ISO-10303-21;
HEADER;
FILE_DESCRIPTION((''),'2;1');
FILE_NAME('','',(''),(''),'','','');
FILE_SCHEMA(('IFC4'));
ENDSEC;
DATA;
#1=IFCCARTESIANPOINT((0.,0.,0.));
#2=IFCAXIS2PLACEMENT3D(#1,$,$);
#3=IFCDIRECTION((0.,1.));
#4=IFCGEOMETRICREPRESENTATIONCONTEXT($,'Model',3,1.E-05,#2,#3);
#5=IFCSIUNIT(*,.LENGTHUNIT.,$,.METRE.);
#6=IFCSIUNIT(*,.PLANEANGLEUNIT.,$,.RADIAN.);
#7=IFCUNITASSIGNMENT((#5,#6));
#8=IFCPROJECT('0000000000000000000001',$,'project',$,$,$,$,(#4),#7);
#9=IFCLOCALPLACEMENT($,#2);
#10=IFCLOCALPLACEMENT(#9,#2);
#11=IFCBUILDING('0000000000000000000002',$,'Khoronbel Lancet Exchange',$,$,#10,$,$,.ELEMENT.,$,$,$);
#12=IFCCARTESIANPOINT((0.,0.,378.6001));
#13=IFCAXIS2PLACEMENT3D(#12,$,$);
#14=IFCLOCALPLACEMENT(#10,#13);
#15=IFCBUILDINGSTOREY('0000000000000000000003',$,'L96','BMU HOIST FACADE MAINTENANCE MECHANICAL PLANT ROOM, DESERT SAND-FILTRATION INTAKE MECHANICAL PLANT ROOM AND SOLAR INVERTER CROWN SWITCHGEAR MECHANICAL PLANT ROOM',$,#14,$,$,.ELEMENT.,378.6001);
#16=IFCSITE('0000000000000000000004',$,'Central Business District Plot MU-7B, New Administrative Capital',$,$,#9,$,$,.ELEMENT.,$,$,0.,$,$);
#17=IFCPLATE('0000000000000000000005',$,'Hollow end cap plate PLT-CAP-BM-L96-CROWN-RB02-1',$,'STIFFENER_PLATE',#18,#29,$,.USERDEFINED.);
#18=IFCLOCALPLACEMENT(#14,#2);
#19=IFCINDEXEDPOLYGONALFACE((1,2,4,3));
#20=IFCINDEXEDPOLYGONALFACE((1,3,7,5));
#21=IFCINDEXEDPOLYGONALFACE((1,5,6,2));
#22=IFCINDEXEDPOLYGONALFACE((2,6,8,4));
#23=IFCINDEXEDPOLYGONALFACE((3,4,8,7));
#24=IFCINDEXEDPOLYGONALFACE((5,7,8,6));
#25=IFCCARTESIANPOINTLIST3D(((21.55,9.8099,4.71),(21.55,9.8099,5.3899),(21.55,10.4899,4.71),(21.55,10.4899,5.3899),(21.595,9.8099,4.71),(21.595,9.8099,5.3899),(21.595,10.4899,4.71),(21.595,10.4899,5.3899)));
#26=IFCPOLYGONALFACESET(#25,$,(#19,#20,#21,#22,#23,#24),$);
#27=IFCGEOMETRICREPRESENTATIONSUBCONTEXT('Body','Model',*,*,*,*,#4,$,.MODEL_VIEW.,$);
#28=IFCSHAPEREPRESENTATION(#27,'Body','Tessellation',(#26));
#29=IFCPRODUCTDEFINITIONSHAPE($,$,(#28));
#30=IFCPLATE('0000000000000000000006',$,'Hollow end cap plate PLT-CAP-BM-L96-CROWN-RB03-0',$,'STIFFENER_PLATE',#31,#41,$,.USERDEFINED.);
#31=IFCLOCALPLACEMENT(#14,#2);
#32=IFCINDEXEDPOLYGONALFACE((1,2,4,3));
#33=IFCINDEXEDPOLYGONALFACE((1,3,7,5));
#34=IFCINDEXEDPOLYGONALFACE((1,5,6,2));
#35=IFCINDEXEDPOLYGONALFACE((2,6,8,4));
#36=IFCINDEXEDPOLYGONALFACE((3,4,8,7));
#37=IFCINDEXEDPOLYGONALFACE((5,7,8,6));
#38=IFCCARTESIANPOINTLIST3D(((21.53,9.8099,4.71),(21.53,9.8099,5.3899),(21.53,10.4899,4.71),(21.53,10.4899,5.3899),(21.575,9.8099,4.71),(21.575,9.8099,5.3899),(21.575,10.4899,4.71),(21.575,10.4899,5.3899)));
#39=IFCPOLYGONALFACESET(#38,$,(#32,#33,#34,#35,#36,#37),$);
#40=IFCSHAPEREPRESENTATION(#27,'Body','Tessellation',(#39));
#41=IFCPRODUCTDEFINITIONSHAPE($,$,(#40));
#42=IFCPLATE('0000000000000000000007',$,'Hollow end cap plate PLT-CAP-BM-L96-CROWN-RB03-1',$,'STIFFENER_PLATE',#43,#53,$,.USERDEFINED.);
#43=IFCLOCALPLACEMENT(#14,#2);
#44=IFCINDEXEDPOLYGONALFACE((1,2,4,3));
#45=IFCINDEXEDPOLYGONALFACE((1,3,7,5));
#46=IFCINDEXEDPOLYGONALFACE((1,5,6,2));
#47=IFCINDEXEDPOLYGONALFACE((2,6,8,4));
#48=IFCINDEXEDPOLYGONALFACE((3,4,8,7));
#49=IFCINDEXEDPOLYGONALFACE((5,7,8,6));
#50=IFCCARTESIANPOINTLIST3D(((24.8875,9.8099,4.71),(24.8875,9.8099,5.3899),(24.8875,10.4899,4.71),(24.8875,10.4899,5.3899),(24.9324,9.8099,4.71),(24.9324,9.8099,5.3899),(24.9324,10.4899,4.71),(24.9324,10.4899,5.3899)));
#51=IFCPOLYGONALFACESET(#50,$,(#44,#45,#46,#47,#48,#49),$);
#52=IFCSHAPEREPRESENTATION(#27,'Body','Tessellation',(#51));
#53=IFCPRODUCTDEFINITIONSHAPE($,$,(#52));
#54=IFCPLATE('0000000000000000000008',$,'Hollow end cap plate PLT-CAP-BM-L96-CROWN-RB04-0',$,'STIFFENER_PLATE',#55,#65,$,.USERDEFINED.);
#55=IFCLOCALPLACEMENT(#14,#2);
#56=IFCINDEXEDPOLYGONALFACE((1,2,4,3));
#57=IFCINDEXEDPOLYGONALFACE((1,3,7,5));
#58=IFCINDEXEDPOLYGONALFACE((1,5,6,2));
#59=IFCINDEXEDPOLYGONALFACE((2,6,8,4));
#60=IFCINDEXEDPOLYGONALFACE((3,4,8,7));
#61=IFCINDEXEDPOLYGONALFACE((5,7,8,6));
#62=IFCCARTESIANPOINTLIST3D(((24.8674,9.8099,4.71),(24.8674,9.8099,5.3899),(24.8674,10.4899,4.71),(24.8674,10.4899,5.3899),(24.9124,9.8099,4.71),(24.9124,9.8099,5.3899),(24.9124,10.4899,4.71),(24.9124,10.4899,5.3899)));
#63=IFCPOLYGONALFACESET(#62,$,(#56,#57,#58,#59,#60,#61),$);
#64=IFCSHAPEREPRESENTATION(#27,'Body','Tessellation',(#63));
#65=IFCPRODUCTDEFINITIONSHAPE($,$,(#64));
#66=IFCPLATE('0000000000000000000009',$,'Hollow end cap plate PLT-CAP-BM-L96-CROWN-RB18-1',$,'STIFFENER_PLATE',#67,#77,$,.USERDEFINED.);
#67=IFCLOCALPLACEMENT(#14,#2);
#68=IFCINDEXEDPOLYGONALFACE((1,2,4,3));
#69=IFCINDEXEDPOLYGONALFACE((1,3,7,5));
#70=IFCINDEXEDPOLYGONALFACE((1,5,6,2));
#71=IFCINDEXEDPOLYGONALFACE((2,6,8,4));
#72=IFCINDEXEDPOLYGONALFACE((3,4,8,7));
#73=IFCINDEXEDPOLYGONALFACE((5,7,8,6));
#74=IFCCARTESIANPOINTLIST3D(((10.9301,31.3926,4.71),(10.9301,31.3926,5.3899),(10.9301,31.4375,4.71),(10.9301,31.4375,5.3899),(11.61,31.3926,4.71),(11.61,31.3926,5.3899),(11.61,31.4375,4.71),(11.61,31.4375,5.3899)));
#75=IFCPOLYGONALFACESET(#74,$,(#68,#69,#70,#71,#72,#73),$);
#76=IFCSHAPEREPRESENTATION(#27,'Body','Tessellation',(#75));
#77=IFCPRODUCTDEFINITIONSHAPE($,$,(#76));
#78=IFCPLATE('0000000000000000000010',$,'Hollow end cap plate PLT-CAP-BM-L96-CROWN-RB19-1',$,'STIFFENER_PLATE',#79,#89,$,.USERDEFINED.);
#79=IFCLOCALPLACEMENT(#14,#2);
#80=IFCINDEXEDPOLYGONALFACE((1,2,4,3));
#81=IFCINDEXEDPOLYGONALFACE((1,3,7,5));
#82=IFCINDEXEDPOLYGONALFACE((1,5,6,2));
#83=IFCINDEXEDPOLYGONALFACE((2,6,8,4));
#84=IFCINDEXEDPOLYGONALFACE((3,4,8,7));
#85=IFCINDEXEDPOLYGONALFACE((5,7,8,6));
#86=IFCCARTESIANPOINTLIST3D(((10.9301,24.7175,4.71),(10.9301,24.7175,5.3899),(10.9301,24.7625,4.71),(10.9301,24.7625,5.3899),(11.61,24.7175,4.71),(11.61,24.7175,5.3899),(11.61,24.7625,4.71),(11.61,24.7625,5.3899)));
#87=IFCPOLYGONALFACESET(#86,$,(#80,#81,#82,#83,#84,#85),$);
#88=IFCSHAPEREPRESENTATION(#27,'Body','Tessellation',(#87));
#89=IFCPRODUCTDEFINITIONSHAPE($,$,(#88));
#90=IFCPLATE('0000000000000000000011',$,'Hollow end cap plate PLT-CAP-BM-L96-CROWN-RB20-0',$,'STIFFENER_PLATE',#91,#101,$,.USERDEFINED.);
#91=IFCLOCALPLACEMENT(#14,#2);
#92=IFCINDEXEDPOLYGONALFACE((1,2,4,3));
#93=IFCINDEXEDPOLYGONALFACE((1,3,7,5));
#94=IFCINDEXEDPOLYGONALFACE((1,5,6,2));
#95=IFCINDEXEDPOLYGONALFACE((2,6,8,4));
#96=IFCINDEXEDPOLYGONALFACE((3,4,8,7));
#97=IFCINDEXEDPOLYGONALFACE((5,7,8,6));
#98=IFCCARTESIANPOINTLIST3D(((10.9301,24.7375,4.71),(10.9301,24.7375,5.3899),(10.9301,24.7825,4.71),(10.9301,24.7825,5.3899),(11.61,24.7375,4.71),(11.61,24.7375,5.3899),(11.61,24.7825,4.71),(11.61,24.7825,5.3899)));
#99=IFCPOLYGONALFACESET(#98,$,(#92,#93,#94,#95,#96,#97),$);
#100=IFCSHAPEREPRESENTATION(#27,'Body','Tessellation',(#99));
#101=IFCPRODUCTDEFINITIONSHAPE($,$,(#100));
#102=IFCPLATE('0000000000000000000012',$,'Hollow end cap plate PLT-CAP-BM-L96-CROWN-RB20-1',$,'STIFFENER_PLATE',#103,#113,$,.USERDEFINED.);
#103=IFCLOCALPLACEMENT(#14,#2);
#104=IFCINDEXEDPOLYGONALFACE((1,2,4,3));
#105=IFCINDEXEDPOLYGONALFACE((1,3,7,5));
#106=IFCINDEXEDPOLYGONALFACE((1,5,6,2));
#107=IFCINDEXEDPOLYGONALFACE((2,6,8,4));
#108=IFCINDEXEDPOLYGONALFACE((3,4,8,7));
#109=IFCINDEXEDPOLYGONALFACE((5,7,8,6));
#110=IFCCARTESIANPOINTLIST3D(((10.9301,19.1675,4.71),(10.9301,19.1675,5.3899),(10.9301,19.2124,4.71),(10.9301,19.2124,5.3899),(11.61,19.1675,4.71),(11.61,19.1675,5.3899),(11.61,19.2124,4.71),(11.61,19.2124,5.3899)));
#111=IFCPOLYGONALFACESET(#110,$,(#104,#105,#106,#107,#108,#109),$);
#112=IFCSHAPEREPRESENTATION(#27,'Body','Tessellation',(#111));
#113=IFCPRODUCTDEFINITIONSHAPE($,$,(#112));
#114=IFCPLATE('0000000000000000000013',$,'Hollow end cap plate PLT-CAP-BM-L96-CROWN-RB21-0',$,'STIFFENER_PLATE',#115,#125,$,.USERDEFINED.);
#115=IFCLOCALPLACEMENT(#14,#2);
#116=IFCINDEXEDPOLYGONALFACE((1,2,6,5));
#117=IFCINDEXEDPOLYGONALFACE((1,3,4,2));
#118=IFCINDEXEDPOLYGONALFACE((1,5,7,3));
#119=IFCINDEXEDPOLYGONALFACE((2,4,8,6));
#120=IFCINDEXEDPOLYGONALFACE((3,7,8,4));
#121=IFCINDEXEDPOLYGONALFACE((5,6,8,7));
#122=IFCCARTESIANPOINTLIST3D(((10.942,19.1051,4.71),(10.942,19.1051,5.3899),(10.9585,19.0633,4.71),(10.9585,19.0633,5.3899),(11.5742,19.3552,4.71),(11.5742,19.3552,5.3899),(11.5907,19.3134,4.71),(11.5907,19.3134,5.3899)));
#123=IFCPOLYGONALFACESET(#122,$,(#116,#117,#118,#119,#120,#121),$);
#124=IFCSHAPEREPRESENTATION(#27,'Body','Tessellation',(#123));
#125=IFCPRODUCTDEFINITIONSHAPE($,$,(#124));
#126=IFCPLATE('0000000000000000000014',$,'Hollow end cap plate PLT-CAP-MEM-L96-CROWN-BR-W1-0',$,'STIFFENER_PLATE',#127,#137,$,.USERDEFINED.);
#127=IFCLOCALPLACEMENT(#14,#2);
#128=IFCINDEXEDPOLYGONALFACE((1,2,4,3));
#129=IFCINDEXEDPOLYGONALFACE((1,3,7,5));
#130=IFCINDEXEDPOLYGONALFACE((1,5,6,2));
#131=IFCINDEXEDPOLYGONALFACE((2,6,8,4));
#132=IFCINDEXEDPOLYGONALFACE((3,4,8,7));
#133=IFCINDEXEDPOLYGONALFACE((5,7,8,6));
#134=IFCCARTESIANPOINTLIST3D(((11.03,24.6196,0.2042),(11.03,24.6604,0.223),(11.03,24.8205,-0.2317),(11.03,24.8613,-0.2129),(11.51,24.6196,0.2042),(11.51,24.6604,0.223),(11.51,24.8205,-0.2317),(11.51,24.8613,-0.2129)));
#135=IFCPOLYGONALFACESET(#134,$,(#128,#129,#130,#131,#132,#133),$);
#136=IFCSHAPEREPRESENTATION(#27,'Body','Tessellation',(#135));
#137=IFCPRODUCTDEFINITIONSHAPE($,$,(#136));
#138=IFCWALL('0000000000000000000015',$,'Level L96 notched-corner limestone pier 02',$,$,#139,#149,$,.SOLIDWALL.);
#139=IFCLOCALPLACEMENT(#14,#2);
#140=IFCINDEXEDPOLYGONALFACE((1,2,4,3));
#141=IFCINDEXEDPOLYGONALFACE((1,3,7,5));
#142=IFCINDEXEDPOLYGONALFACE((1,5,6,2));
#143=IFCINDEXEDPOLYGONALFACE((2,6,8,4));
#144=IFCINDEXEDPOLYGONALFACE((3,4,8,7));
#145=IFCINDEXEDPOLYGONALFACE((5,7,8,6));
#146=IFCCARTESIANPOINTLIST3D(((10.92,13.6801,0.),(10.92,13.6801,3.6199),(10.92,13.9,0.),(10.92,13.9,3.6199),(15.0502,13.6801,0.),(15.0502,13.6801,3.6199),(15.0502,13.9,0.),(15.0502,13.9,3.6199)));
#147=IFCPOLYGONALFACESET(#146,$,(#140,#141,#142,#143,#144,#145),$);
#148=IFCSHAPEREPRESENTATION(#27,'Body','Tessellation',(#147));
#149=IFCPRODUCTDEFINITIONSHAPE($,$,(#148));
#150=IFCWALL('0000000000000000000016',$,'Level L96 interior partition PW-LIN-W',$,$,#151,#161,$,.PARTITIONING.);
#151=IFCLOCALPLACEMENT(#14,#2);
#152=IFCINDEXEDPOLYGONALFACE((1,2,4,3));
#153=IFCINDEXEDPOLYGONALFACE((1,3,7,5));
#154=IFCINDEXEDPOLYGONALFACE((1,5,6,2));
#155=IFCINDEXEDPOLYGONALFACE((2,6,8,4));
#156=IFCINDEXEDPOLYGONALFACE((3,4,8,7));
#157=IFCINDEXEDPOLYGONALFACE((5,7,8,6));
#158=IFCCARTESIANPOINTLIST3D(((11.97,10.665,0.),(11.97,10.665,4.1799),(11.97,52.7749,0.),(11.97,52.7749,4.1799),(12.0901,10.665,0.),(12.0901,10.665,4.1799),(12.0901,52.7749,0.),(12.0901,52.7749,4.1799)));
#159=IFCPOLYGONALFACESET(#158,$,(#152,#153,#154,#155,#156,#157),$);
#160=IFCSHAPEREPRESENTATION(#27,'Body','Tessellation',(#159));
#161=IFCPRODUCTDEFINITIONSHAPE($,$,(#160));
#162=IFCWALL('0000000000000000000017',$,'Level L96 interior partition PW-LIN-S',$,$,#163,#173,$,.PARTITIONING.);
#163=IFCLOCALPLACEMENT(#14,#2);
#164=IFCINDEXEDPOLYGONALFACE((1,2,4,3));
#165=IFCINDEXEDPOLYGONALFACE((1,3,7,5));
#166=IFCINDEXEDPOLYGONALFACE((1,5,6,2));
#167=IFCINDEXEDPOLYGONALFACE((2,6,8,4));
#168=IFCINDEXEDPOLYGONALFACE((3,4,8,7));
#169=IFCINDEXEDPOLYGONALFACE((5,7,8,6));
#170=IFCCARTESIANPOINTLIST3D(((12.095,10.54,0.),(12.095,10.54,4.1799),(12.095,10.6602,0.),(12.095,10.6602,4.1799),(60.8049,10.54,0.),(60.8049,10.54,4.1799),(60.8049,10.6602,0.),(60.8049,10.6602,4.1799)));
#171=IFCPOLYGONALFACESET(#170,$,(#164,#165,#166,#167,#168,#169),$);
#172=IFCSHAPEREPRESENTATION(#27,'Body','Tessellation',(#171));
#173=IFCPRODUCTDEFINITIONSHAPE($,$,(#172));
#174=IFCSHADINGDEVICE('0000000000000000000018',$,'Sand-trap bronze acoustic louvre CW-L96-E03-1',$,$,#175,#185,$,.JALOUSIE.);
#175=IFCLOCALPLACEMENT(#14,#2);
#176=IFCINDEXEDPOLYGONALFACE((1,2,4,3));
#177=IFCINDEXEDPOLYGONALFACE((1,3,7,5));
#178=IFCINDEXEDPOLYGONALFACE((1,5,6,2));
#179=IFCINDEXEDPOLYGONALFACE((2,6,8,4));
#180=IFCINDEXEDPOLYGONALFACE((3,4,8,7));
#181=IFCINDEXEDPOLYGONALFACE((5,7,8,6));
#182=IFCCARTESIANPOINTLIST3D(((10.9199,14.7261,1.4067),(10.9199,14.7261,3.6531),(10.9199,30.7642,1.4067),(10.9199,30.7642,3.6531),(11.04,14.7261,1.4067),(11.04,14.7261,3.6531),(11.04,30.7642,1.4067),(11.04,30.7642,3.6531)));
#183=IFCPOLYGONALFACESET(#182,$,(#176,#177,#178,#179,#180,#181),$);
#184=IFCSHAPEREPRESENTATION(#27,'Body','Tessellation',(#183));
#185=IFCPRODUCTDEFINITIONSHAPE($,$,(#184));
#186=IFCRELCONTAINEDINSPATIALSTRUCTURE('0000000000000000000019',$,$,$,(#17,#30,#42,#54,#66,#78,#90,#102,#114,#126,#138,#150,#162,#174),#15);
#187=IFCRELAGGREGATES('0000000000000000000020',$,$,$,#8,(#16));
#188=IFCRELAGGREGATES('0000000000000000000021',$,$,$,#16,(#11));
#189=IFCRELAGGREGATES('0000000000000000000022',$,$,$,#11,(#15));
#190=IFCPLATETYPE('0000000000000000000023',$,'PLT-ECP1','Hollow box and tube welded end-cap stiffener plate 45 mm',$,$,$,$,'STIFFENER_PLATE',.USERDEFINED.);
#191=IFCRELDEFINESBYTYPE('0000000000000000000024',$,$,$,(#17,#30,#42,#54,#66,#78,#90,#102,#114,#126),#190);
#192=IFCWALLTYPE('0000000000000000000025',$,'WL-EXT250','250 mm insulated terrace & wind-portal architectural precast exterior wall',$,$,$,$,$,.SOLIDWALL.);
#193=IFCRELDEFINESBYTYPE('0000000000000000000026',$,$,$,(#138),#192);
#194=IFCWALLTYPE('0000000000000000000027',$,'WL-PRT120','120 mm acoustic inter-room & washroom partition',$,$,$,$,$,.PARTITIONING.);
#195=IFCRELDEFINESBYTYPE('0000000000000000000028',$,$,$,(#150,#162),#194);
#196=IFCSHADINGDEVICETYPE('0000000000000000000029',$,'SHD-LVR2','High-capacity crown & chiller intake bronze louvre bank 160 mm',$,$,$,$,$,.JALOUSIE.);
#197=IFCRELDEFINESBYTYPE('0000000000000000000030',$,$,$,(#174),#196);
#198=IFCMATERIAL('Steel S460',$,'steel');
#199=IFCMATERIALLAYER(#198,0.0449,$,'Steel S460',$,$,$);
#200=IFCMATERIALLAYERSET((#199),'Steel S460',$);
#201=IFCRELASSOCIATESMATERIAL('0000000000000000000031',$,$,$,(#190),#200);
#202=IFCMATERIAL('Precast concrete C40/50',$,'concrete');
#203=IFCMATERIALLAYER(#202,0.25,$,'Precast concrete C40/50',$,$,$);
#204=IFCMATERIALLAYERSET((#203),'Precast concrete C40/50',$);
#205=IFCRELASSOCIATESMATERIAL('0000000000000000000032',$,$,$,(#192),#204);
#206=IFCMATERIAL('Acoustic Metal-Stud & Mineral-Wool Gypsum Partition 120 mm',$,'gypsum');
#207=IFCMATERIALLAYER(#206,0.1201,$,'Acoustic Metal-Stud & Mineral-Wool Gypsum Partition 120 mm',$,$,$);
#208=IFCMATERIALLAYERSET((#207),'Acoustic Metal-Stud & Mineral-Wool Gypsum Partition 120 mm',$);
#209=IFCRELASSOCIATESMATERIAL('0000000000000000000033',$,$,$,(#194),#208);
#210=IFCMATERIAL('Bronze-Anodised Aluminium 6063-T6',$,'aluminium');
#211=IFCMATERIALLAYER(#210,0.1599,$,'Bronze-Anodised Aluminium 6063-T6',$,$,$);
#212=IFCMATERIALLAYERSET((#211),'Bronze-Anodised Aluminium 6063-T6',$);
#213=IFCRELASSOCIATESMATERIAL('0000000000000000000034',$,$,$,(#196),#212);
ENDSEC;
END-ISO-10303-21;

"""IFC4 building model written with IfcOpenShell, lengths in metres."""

from ifc_helpers import new_model, si_unit, direction, frame, frame_2d, origin, origin_2d, place, context, subcontext, project, spatial, polyline, rectangle, outline, extrude, material, layer, layer_set, type_object, element, save


model = new_model("IFC4")

# Units and contexts
model_context = context("Model", 3, precision=1e-05, world=origin(), true_north=direction((0.0, 1.0)))
body_context = subcontext(model_context, "Body", "Model", "MODEL_VIEW")
ifc_project = project(units=[si_unit("LENGTHUNIT", "METRE"), si_unit("PLANEANGLEUNIT", "RADIAN")], contexts=[model_context])

# Site, building, storey
site_placement = place(None, origin())
site = spatial("IfcSite", under=ifc_project, at=site_placement, Name="Central Business District Plot MU-7B, New Administrative Capital", CompositionType="ELEMENT", RefElevation=0.0)
building_placement = place(site_placement, origin())
building = spatial("IfcBuilding", under=site, at=building_placement, Name="Khoronbel Lancet Exchange", CompositionType="ELEMENT")
storey_placement = place(building_placement, frame((0.0, 0.0, 378.6001)))
storey = spatial("IfcBuildingStorey", under=building, at=storey_placement, Name="L96", Description="BMU HOIST FACADE MAINTENANCE MECHANICAL PLANT ROOM, DESERT SAND-FILTRATION INTAKE MECHANICAL PLANT ROOM AND SOLAR INVERTER CROWN SWITCHGEAR MECHANICAL PLANT ROOM", CompositionType="ELEMENT", Elevation=378.6001)

# Shared definitions
ifc_material_1 = material(Name="Steel S460", Category="steel")

# Shared definitions
ifc_material_2 = material(Name="Bronze-Anodised Aluminium 6063-T6", Category="aluminium")

# Plates
ifc_layer_1 = layer(ifc_material_1, 0.0449, Name="Steel S460")
ifc_layer_set_1 = layer_set([ifc_layer_1], Name="Steel S460")
plate_type_1 = type_object("IfcPlateType", Name="PLT-ECP1", Description="Hollow box and tube welded end-cap stiffener plate 45 mm", ElementType="STIFFENER_PLATE", PredefinedType="USERDEFINED", material=ifc_layer_set_1)
for number, where, z_axis, x_axis, name in (
    (1, (21.5725, 10.1499, 4.71), (0.0, 0.0, 1.0), (1.0, 0.0, 0.0), "Hollow end cap plate PLT-CAP-BM-L96-CROWN-RB02-1"),
    (2, (21.5525, 10.1499, 4.71), (0.0, 0.0, 1.0), (-1.0, 0.0, 0.0), "Hollow end cap plate PLT-CAP-BM-L96-CROWN-RB03-0"),
    (3, (24.9099, 10.1499, 4.71), (0.0, 0.0, 1.0), (1.0, 0.0, 0.0), "Hollow end cap plate PLT-CAP-BM-L96-CROWN-RB03-1"),
    (4, (24.8899, 10.1499, 4.71), (0.0, 0.0, 1.0), (-1.0, 0.0, 0.0), "Hollow end cap plate PLT-CAP-BM-L96-CROWN-RB04-0"),
    (5, (11.27, 31.415, 4.71), (0.0, 0.0, 1.0), (0.0, -1.0, 0.0), "Hollow end cap plate PLT-CAP-BM-L96-CROWN-RB18-1"),
    (6, (11.27, 24.74, 4.71), (0.0, 0.0, 1.0), (0.0, -1.0, 0.0), "Hollow end cap plate PLT-CAP-BM-L96-CROWN-RB19-1"),
    (7, (11.27, 24.76, 4.71), (0.0, 0.0, 1.0), (0.0, 1.0, 0.0), "Hollow end cap plate PLT-CAP-BM-L96-CROWN-RB20-0"),
    (8, (11.27, 19.1899, 4.71), (0.0, 0.0, 1.0), (0.0, -1.0, 0.0), "Hollow end cap plate PLT-CAP-BM-L96-CROWN-RB20-1"),
    (9, (11.2664, 19.2092, 4.71), (0.0, 0.0, 1.0), (-0.367845, 0.929887, 0.0), "Hollow end cap plate PLT-CAP-BM-L96-CROWN-RB21-0"),
):
    element("IfcPlate", number, at=place(storey_placement, frame(where, z_axis=z_axis, x_axis=x_axis)), inside=storey, type_object=plate_type_1, Name=name, ObjectType="STIFFENER_PLATE", PredefinedType="USERDEFINED", context=body_context, shape_type="SweptSolid", body=[
        extrude(rectangle(XDim=0.0449, YDim=0.6799, at=origin_2d()), origin(), (0.0, 0.0, 1.0), 0.6799),
    ])
plate_1_placement = place(storey_placement, frame((11.51, 24.8613, -0.2129), z_axis=(0.0, 0.908123, 0.418703), x_axis=(-1.0, 0.0, 0.0)))
element("IfcPlate", 10, at=plate_1_placement, inside=storey, type_object=plate_type_1, Name="Hollow end cap plate PLT-CAP-MEM-L96-CROWN-BR-W1-0", ObjectType="STIFFENER_PLATE", PredefinedType="USERDEFINED", context=body_context, shape_type="SweptSolid", body=[
    extrude(outline(polyline([(0.0, 0.0), (0.48, 0.0), (0.48, 0.48), (0.0, 0.48), (0.0, 0.0)])), origin(), (0.0, 0.0, -1.0), 0.0449),
])

# Walls
ifc_material_3 = material(Name="Precast concrete C40/50", Category="concrete")
ifc_layer_2 = layer(ifc_material_3, 0.25, Name="Precast concrete C40/50")
ifc_layer_set_2 = layer_set([ifc_layer_2], Name="Precast concrete C40/50")
wall_type_1 = type_object("IfcWallType", Name="WL-EXT250", Description="250 mm insulated terrace & wind-portal architectural precast exterior wall", PredefinedType="SOLIDWALL", material=ifc_layer_set_2)
wall_1_placement = place(storey_placement, frame((15.05, 13.79, 0.0), z_axis=(0.0, 0.0, 1.0), x_axis=(-1.0, 0.0, 0.0)))
element("IfcWall", 11, at=wall_1_placement, inside=storey, type_object=wall_type_1, Name="Level L96 notched-corner limestone pier 02", PredefinedType="SOLIDWALL", context=body_context, shape_type="SweptSolid", body=[
    extrude(rectangle(XDim=4.1301, YDim=0.22, at=frame_2d((2.0649, 0.0))), origin(), (0.0, 0.0, 1.0), 3.6199),
])
ifc_material_4 = material(Name="Acoustic Metal-Stud & Mineral-Wool Gypsum Partition 120 mm", Category="gypsum")
ifc_layer_3 = layer(ifc_material_4, 0.1201, Name="Acoustic Metal-Stud & Mineral-Wool Gypsum Partition 120 mm")
ifc_layer_set_3 = layer_set([ifc_layer_3], Name="Acoustic Metal-Stud & Mineral-Wool Gypsum Partition 120 mm")
wall_type_2 = type_object("IfcWallType", Name="WL-PRT120", Description="120 mm acoustic inter-room & washroom partition", PredefinedType="PARTITIONING", material=ifc_layer_set_3)
wall_2_placement = place(storey_placement, frame((12.03, 10.665, 0.0), z_axis=(0.0, 0.0, 1.0), x_axis=(0.0, 1.0, 0.0)))
element("IfcWall", 12, at=wall_2_placement, inside=storey, type_object=wall_type_2, Name="Level L96 interior partition PW-LIN-W", PredefinedType="PARTITIONING", context=body_context, shape_type="SweptSolid", body=[
    extrude(rectangle(XDim=42.1099, YDim=0.1201, at=frame_2d((21.0549, 0.0))), origin(), (0.0, 0.0, 1.0), 4.1799),
])
wall_3_placement = place(storey_placement, frame((12.095, 10.6001, 0.0), z_axis=(0.0, 0.0, 1.0), x_axis=(1.0, 0.0, 0.0)))
element("IfcWall", 13, at=wall_3_placement, inside=storey, type_object=wall_type_2, Name="Level L96 interior partition PW-LIN-S", PredefinedType="PARTITIONING", context=body_context, shape_type="SweptSolid", body=[
    extrude(rectangle(XDim=48.71, YDim=0.1201, at=frame_2d((24.355, 0.0))), origin(), (0.0, 0.0, 1.0), 4.1799),
])

# Shading device
ifc_layer_4 = layer(ifc_material_2, 0.1599, Name="Bronze-Anodised Aluminium 6063-T6")
ifc_layer_set_4 = layer_set([ifc_layer_4], Name="Bronze-Anodised Aluminium 6063-T6")
shading_device_type = type_object("IfcShadingDeviceType", Name="SHD-LVR2", Description="High-capacity crown & chiller intake bronze louvre bank 160 mm", PredefinedType="JALOUSIE", material=ifc_layer_set_4)
shading_device_placement = place(storey_placement, frame((10.98, 22.7451, 1.4067), z_axis=(0.0, 0.0, 1.0), x_axis=(0.0, 1.0, 0.0)))
element("IfcShadingDevice", 14, at=shading_device_placement, inside=storey, type_object=shading_device_type, Name="Sand-trap bronze acoustic louvre CW-L96-E03-1", PredefinedType="JALOUSIE", context=body_context, shape_type="SweptSolid", body=[
    extrude(rectangle(XDim=16.0381, YDim=0.1201, at=origin_2d()), origin(), (0.0, 0.0, 1.0), 2.2463),
])

save(model, "model.ifc")
